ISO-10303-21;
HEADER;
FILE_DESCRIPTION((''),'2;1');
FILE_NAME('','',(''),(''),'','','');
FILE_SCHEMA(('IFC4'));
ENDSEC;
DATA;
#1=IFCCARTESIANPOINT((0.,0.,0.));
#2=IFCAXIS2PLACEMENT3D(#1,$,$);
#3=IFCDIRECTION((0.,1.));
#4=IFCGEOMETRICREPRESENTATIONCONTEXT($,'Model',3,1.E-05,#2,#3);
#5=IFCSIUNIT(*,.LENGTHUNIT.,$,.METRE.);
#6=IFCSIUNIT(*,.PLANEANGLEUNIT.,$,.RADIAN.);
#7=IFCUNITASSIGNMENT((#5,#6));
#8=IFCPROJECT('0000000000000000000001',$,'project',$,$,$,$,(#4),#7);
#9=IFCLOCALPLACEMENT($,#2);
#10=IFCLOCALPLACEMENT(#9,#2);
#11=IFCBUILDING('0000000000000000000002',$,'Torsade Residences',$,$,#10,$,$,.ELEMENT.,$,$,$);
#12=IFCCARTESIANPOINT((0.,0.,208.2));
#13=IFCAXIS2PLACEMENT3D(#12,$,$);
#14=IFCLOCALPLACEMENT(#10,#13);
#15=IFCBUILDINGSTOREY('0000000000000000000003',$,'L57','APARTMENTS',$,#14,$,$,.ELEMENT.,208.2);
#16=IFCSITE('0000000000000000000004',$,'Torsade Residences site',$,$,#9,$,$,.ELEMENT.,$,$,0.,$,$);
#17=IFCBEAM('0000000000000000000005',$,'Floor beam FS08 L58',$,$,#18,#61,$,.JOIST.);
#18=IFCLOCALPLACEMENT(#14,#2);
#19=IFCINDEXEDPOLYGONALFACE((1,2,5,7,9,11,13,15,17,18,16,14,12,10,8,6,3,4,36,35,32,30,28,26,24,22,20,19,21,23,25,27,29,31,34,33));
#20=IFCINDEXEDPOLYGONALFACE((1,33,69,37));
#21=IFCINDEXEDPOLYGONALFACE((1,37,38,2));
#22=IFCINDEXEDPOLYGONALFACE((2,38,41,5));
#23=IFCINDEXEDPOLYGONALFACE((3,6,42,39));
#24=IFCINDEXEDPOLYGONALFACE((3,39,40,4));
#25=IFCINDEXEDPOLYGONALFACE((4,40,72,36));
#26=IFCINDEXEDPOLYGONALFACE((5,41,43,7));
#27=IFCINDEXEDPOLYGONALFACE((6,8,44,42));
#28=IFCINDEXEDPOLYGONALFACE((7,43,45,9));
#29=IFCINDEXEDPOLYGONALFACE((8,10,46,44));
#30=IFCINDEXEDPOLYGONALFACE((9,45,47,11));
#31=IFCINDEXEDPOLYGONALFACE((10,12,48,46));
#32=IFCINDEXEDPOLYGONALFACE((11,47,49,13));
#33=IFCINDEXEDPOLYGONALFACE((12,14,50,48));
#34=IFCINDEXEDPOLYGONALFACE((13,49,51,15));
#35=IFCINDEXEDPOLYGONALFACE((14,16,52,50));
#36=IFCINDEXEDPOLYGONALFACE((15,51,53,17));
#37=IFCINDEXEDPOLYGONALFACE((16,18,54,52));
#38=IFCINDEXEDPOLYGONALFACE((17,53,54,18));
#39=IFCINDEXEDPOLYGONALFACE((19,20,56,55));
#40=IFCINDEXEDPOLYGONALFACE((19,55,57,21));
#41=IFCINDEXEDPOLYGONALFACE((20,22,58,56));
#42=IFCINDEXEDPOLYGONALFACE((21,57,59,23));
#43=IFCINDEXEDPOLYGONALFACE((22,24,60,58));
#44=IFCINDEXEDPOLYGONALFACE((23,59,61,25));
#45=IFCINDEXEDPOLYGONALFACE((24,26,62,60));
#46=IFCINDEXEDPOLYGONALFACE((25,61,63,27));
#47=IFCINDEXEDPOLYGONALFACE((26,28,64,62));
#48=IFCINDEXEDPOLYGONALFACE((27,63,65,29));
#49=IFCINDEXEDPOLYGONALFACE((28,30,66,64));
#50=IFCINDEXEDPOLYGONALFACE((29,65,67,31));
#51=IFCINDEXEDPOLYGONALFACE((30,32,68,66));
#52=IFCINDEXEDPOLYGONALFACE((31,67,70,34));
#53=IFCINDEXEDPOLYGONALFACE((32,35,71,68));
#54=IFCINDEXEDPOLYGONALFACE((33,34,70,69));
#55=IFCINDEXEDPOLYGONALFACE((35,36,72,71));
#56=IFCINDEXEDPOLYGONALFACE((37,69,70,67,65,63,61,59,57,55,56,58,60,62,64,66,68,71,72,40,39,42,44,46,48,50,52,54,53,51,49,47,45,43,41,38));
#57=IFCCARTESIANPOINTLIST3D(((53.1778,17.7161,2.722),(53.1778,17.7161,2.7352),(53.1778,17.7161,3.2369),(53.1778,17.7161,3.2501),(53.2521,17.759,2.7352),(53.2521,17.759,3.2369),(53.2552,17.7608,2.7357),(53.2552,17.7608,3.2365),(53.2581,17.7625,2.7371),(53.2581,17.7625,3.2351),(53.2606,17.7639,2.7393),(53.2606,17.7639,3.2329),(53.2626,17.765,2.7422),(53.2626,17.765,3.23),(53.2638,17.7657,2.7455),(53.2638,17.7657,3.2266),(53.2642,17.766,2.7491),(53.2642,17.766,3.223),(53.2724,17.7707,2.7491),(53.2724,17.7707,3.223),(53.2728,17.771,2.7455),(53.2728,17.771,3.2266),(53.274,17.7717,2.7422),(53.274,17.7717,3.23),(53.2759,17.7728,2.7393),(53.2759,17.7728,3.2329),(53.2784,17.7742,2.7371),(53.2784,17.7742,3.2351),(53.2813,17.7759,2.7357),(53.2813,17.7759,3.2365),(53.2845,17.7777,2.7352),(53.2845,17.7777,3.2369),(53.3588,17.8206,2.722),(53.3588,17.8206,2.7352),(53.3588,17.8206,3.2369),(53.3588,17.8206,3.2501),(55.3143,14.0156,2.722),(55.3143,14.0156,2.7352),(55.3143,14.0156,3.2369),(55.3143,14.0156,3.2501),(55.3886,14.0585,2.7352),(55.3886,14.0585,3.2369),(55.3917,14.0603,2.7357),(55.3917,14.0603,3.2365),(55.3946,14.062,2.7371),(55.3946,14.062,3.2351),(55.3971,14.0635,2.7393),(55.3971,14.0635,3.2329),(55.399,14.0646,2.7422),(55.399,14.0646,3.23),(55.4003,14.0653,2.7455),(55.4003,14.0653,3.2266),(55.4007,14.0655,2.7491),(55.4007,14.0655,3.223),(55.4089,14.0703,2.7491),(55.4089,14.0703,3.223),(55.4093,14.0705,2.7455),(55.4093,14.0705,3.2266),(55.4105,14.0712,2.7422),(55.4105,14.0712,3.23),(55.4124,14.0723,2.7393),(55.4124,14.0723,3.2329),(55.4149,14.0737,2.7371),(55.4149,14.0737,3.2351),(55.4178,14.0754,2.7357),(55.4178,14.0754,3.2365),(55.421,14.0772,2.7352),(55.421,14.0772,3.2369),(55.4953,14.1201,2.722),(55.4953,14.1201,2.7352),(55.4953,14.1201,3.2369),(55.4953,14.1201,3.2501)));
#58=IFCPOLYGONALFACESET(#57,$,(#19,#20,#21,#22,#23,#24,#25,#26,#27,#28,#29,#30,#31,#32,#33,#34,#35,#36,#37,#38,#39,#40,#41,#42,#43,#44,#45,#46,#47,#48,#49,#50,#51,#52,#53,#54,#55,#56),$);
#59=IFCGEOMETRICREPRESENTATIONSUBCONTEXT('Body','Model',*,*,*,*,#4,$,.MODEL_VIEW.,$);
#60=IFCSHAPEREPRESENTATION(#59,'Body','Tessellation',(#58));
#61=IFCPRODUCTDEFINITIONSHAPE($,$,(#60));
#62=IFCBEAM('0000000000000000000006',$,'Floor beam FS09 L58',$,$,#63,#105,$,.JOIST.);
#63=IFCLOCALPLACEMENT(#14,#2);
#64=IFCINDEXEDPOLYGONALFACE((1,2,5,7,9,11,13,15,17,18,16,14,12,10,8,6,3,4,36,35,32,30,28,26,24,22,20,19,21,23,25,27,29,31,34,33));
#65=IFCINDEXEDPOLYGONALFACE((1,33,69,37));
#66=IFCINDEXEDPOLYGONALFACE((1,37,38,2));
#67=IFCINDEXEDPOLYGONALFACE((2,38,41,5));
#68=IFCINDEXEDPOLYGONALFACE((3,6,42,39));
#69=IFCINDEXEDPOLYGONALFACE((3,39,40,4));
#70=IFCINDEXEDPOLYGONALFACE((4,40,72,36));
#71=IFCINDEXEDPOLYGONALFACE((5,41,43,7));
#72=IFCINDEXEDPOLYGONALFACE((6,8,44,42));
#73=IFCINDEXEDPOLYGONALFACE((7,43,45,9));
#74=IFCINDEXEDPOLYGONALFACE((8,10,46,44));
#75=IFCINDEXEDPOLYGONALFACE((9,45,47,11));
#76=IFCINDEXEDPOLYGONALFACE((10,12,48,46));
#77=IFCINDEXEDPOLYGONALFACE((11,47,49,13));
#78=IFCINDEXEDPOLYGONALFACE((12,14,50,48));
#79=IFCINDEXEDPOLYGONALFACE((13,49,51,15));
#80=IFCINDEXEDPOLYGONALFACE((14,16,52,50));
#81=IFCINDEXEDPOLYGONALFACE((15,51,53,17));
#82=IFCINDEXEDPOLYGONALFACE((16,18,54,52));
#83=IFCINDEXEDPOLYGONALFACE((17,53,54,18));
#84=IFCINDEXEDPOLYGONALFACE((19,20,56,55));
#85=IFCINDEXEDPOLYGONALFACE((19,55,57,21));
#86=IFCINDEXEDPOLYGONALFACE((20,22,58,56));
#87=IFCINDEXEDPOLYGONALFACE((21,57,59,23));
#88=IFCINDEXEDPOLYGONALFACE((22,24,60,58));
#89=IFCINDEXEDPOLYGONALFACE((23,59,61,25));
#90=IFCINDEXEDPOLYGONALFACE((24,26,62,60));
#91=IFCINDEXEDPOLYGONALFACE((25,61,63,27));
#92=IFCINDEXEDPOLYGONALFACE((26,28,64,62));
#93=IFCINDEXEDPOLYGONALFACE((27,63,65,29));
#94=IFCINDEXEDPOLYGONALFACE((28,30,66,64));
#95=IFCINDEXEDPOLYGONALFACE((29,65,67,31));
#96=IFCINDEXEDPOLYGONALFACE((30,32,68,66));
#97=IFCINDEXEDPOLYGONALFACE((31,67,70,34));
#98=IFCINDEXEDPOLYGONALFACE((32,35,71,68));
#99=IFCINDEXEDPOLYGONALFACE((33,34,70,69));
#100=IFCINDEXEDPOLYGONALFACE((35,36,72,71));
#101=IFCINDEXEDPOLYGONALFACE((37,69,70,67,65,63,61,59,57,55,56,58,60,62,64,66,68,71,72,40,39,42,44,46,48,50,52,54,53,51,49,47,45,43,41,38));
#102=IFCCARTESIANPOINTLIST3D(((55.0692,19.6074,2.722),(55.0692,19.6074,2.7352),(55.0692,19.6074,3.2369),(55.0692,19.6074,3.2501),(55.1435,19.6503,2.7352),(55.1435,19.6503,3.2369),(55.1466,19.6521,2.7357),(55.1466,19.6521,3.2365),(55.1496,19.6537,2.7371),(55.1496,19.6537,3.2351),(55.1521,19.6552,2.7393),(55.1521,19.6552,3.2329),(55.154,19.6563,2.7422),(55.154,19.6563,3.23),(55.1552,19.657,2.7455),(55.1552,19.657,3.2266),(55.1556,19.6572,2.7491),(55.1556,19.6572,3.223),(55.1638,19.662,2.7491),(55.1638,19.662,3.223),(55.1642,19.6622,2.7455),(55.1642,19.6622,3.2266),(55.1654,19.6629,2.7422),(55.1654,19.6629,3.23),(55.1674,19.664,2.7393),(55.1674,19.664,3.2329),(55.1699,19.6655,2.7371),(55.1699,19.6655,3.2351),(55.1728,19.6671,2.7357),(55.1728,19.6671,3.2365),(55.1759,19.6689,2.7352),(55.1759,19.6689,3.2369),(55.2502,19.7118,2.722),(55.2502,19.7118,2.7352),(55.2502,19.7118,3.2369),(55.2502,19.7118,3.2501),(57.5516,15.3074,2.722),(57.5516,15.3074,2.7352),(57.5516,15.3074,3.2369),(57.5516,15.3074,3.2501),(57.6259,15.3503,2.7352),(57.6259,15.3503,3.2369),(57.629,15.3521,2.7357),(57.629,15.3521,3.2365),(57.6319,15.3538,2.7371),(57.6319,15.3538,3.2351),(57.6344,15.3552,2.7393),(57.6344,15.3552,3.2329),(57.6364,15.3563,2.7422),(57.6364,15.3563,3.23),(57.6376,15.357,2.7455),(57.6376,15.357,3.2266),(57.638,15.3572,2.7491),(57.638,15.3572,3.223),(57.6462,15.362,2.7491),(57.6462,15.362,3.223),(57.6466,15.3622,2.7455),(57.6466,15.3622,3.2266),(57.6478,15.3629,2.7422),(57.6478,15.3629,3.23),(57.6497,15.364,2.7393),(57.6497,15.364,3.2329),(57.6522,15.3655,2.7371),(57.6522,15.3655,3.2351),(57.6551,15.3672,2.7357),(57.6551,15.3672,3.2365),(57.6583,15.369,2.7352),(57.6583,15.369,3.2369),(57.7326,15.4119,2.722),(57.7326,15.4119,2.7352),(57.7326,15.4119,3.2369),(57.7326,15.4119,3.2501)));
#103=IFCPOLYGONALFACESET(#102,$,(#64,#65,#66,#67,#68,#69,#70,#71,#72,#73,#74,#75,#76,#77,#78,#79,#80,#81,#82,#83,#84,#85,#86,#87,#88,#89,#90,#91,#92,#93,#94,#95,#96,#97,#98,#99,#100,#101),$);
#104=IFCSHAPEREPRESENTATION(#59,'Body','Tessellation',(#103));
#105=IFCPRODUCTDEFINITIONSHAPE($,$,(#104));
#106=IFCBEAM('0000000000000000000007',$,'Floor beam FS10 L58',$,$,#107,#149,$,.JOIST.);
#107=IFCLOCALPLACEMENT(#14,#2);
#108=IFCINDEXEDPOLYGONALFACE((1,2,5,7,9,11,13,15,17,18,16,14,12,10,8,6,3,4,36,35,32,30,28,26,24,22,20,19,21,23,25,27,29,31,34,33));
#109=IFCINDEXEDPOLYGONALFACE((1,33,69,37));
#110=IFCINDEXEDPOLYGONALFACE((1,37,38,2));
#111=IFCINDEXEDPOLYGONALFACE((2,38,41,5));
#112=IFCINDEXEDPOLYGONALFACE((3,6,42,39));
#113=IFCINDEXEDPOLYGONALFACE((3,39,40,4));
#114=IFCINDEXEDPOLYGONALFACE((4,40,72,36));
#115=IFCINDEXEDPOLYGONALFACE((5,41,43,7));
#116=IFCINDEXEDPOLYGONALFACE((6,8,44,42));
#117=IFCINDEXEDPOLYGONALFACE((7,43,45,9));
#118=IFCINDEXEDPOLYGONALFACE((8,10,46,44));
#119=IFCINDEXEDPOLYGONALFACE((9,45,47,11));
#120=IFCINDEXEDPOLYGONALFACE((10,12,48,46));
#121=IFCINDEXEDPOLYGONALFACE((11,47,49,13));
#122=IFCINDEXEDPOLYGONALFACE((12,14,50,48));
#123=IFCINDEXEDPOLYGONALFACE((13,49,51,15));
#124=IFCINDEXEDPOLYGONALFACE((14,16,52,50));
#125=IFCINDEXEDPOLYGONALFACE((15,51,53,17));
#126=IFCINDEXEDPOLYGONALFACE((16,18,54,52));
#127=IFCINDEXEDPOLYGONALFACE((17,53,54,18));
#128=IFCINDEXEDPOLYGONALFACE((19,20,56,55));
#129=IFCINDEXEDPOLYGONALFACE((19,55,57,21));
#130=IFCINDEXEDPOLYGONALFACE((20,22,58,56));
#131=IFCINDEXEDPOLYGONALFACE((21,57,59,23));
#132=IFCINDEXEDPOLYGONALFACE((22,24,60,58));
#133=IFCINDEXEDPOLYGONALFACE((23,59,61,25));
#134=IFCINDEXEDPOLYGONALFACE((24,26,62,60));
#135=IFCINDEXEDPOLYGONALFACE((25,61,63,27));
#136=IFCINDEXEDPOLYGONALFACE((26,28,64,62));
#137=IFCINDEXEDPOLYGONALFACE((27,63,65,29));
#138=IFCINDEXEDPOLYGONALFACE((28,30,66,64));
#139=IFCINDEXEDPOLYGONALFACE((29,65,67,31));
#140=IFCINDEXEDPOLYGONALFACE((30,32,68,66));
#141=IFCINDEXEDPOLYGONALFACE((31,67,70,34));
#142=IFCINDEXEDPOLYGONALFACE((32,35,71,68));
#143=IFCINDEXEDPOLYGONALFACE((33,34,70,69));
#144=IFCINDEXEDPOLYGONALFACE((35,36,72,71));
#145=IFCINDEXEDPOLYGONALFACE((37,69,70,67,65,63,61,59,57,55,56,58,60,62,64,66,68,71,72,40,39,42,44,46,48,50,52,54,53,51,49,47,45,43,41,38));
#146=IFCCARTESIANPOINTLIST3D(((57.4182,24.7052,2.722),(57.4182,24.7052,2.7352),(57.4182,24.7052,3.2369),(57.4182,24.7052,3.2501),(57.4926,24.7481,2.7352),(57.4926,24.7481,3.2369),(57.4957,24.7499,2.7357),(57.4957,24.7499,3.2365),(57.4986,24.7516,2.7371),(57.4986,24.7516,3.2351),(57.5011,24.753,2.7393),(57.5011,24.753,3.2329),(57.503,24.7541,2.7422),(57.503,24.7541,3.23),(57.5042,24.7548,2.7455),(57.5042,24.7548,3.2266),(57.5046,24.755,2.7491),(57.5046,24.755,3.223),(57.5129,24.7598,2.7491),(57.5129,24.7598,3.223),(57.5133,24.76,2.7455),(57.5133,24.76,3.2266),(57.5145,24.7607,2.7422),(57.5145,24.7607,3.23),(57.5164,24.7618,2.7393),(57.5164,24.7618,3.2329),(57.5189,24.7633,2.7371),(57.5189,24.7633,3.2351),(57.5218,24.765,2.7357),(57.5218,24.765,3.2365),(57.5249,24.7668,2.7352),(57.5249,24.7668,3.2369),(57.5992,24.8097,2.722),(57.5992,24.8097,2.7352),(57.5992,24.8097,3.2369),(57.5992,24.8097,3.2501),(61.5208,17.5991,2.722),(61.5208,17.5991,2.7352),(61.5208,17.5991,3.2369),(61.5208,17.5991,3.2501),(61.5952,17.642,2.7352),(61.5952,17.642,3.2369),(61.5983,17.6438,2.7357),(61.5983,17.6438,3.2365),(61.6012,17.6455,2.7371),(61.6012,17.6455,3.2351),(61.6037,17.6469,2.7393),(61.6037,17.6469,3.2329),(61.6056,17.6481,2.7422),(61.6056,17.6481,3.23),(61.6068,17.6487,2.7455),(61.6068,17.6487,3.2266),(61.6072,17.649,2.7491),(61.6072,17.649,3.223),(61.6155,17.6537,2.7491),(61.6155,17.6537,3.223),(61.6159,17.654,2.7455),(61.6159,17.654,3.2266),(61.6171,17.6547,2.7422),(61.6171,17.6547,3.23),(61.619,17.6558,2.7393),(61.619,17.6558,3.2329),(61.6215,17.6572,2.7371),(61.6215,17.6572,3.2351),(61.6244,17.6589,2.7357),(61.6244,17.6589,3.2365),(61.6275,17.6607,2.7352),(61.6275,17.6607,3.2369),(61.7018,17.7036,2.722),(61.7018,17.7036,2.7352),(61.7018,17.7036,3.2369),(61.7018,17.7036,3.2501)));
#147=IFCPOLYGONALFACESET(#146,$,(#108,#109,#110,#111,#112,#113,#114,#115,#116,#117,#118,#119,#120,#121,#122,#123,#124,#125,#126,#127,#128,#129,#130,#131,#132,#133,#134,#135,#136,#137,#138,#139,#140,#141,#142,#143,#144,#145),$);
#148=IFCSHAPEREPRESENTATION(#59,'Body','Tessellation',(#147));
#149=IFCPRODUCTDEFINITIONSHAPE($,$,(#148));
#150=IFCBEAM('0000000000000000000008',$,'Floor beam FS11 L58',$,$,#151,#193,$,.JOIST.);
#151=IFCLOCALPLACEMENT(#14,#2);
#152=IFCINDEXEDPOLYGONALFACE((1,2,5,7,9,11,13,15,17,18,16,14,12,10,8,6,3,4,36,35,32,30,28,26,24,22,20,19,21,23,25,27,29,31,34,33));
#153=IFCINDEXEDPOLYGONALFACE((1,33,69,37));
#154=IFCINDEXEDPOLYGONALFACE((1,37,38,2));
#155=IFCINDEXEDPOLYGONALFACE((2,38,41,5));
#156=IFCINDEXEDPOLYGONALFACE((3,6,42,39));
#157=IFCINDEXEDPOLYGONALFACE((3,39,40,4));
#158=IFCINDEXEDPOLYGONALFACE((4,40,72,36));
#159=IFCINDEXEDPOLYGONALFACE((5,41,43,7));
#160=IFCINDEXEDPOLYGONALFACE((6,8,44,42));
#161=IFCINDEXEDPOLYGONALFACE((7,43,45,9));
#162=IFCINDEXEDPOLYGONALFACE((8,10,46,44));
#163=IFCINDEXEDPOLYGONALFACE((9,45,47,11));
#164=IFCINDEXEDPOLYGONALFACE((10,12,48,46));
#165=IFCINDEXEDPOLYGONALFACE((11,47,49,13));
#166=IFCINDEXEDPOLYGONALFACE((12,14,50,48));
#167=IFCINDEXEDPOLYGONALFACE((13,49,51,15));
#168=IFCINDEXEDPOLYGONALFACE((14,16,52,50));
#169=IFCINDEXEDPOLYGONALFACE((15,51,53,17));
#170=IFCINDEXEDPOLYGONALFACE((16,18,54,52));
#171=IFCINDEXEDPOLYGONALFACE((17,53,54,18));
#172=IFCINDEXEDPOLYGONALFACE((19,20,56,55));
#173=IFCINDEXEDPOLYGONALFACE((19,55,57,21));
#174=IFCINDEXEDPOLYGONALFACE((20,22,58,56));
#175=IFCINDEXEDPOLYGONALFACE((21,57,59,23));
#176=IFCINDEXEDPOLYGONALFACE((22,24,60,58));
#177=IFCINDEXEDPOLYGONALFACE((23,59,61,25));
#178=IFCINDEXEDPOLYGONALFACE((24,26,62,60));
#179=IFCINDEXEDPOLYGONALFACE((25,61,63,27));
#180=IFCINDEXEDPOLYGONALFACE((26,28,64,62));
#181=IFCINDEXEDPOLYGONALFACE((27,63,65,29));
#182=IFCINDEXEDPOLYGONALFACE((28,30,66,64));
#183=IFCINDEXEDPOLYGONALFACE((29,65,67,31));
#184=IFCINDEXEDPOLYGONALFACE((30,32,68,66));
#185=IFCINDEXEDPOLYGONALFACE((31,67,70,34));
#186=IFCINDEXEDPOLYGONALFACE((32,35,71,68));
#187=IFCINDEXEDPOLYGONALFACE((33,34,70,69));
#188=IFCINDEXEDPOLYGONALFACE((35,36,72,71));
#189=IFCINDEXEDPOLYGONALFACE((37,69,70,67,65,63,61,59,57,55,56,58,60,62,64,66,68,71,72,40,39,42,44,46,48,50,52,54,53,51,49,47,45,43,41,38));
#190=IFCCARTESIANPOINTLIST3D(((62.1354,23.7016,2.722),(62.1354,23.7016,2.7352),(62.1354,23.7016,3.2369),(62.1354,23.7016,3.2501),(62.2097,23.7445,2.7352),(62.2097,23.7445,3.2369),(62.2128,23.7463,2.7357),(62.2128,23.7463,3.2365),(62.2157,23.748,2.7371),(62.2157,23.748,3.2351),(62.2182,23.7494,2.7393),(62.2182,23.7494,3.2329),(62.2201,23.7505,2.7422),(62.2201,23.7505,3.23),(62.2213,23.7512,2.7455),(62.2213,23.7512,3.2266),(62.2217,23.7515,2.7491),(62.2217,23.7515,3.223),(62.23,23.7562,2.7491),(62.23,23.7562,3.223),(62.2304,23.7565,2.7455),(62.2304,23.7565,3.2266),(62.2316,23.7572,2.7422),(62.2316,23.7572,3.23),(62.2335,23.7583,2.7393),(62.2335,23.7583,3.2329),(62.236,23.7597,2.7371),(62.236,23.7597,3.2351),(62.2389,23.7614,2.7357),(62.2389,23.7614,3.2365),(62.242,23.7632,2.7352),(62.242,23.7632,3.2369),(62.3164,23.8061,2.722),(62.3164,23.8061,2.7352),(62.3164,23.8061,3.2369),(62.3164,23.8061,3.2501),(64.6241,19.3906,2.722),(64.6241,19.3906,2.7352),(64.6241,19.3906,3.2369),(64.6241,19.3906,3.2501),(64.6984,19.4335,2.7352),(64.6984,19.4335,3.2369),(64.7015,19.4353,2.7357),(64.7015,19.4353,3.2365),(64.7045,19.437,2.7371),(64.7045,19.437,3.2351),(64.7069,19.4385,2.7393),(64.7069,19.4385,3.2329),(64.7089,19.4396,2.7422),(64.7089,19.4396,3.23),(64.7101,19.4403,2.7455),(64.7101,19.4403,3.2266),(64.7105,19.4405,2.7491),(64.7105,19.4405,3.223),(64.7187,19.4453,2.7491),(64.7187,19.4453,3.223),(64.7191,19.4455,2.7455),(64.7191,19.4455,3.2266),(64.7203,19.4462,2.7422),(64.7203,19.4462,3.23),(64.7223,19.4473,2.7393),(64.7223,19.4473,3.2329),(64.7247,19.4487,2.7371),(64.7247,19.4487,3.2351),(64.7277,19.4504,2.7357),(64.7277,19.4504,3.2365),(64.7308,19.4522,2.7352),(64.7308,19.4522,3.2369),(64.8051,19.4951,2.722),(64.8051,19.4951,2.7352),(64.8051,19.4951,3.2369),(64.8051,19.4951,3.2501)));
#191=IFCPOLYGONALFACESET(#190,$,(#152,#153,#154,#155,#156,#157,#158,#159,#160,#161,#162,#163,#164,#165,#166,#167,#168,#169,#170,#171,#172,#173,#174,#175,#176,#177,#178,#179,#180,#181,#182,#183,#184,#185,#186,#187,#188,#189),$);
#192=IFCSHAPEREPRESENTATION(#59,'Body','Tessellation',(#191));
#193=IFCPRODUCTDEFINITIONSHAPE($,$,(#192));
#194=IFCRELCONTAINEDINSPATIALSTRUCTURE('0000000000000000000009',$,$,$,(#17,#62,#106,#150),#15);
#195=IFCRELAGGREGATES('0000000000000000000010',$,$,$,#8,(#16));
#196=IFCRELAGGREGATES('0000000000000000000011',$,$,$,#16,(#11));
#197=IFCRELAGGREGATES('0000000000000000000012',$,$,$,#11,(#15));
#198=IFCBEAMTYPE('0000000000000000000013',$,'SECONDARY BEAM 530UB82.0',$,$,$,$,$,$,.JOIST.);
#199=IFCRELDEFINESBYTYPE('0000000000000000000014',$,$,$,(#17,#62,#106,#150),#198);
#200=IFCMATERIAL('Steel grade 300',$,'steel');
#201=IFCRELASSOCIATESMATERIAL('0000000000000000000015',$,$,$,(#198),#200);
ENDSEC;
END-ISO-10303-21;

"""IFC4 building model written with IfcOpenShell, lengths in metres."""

from ifc_helpers import new_model, si_unit, direction, frame, origin, origin_2d, place, context, subcontext, project, spatial, i_section, extrude, material, material_profile, profile_set, type_object, element, save


model = new_model("IFC4")

# Units and contexts
model_context = context("Model", 3, precision=1e-05, world=origin(), true_north=direction((0.0, 1.0)))
body_context = subcontext(model_context, "Body", "Model", "MODEL_VIEW")
ifc_project = project(units=[si_unit("LENGTHUNIT", "METRE"), si_unit("PLANEANGLEUNIT", "RADIAN")], contexts=[model_context])

# Site, building, storey
site_placement = place(None, origin())
site = spatial("IfcSite", under=ifc_project, at=site_placement, Name="Torsade Residences site", CompositionType="ELEMENT", RefElevation=0.0)
building_placement = place(site_placement, origin())
building = spatial("IfcBuilding", under=site, at=building_placement, Name="Torsade Residences", CompositionType="ELEMENT")
storey_placement = place(building_placement, frame((0.0, 0.0, 208.2)))
storey = spatial("IfcBuildingStorey", under=building, at=storey_placement, Name="L57", Description="APARTMENTS", CompositionType="ELEMENT", Elevation=208.2)

# Beams
ifc_material_1 = material(Name="Steel grade 300", Category="steel")
ifc_material_profile_1 = material_profile(ifc_material_1, i_section(OverallWidth=0.209, OverallDepth=0.5281, WebThickness=0.0095, FlangeThickness=0.0132, FilletRadius=0.0139, at=origin_2d()), Name="530UB82.0")
ifc_profile_set_1 = profile_set([ifc_material_profile_1], Name="Steel grade 300")
beam_type_1 = type_object("IfcBeamType", Name="SECONDARY BEAM 530UB82.0", PredefinedType="JOIST", material=ifc_profile_set_1)
beam_1_placement = place(storey_placement, frame((55.4048, 14.0679, 2.9861), z_axis=(-0.500004, 0.866023, 0.0), x_axis=(-0.866023, -0.500004, 0.0)))
element("IfcBeam", 1, at=beam_1_placement, inside=storey, type_object=beam_type_1, Name="Floor beam FS08 L58", PredefinedType="JOIST", context=body_context, shape_type="SweptSolid", body=[
    extrude(i_section(OverallWidth=0.209, OverallDepth=0.5281, WebThickness=0.0095, FlangeThickness=0.0132, FilletRadius=0.0139, at=origin_2d()), origin(), (0.0, 0.0, 1.0), 4.2729),
])
beam_2_placement = place(storey_placement, frame((57.6421, 15.3596, 2.9861), z_axis=(-0.499968, 0.866044, 0.0), x_axis=(-0.866044, -0.499968, 0.0)))
element("IfcBeam", 2, at=beam_2_placement, inside=storey, type_object=beam_type_1, Name="Floor beam FS09 L58", PredefinedType="JOIST", context=body_context, shape_type="SweptSolid", body=[
    extrude(i_section(OverallWidth=0.209, OverallDepth=0.5281, WebThickness=0.0095, FlangeThickness=0.0132, FilletRadius=0.0139, at=origin_2d()), origin(), (0.0, 0.0, 1.0), 4.9651),
])
beam_3_placement = place(storey_placement, frame((61.6113, 17.6514, 2.9861), z_axis=(-0.499992, 0.86603, 0.0), x_axis=(-0.86603, -0.499992, 0.0)))
element("IfcBeam", 3, at=beam_3_placement, inside=storey, type_object=beam_type_1, Name="Floor beam FS10 L58", PredefinedType="JOIST", context=body_context, shape_type="SweptSolid", body=[
    extrude(i_section(OverallWidth=0.209, OverallDepth=0.5281, WebThickness=0.0095, FlangeThickness=0.0132, FilletRadius=0.0139, at=origin_2d()), origin(), (0.0, 0.0, 1.0), 8.2053),
])
beam_4_placement = place(storey_placement, frame((64.7146, 19.4429, 2.9861), z_axis=(-0.499969, 0.866043, 0.0), x_axis=(-0.866043, -0.499969, 0.0)))
element("IfcBeam", 4, at=beam_4_placement, inside=storey, type_object=beam_type_1, Name="Floor beam FS11 L58", PredefinedType="JOIST", context=body_context, shape_type="SweptSolid", body=[
    extrude(i_section(OverallWidth=0.209, OverallDepth=0.5281, WebThickness=0.0095, FlangeThickness=0.0132, FilletRadius=0.0139, at=origin_2d()), origin(), (0.0, 0.0, 1.0), 4.9778),
])

save(model, "model.ifc")
